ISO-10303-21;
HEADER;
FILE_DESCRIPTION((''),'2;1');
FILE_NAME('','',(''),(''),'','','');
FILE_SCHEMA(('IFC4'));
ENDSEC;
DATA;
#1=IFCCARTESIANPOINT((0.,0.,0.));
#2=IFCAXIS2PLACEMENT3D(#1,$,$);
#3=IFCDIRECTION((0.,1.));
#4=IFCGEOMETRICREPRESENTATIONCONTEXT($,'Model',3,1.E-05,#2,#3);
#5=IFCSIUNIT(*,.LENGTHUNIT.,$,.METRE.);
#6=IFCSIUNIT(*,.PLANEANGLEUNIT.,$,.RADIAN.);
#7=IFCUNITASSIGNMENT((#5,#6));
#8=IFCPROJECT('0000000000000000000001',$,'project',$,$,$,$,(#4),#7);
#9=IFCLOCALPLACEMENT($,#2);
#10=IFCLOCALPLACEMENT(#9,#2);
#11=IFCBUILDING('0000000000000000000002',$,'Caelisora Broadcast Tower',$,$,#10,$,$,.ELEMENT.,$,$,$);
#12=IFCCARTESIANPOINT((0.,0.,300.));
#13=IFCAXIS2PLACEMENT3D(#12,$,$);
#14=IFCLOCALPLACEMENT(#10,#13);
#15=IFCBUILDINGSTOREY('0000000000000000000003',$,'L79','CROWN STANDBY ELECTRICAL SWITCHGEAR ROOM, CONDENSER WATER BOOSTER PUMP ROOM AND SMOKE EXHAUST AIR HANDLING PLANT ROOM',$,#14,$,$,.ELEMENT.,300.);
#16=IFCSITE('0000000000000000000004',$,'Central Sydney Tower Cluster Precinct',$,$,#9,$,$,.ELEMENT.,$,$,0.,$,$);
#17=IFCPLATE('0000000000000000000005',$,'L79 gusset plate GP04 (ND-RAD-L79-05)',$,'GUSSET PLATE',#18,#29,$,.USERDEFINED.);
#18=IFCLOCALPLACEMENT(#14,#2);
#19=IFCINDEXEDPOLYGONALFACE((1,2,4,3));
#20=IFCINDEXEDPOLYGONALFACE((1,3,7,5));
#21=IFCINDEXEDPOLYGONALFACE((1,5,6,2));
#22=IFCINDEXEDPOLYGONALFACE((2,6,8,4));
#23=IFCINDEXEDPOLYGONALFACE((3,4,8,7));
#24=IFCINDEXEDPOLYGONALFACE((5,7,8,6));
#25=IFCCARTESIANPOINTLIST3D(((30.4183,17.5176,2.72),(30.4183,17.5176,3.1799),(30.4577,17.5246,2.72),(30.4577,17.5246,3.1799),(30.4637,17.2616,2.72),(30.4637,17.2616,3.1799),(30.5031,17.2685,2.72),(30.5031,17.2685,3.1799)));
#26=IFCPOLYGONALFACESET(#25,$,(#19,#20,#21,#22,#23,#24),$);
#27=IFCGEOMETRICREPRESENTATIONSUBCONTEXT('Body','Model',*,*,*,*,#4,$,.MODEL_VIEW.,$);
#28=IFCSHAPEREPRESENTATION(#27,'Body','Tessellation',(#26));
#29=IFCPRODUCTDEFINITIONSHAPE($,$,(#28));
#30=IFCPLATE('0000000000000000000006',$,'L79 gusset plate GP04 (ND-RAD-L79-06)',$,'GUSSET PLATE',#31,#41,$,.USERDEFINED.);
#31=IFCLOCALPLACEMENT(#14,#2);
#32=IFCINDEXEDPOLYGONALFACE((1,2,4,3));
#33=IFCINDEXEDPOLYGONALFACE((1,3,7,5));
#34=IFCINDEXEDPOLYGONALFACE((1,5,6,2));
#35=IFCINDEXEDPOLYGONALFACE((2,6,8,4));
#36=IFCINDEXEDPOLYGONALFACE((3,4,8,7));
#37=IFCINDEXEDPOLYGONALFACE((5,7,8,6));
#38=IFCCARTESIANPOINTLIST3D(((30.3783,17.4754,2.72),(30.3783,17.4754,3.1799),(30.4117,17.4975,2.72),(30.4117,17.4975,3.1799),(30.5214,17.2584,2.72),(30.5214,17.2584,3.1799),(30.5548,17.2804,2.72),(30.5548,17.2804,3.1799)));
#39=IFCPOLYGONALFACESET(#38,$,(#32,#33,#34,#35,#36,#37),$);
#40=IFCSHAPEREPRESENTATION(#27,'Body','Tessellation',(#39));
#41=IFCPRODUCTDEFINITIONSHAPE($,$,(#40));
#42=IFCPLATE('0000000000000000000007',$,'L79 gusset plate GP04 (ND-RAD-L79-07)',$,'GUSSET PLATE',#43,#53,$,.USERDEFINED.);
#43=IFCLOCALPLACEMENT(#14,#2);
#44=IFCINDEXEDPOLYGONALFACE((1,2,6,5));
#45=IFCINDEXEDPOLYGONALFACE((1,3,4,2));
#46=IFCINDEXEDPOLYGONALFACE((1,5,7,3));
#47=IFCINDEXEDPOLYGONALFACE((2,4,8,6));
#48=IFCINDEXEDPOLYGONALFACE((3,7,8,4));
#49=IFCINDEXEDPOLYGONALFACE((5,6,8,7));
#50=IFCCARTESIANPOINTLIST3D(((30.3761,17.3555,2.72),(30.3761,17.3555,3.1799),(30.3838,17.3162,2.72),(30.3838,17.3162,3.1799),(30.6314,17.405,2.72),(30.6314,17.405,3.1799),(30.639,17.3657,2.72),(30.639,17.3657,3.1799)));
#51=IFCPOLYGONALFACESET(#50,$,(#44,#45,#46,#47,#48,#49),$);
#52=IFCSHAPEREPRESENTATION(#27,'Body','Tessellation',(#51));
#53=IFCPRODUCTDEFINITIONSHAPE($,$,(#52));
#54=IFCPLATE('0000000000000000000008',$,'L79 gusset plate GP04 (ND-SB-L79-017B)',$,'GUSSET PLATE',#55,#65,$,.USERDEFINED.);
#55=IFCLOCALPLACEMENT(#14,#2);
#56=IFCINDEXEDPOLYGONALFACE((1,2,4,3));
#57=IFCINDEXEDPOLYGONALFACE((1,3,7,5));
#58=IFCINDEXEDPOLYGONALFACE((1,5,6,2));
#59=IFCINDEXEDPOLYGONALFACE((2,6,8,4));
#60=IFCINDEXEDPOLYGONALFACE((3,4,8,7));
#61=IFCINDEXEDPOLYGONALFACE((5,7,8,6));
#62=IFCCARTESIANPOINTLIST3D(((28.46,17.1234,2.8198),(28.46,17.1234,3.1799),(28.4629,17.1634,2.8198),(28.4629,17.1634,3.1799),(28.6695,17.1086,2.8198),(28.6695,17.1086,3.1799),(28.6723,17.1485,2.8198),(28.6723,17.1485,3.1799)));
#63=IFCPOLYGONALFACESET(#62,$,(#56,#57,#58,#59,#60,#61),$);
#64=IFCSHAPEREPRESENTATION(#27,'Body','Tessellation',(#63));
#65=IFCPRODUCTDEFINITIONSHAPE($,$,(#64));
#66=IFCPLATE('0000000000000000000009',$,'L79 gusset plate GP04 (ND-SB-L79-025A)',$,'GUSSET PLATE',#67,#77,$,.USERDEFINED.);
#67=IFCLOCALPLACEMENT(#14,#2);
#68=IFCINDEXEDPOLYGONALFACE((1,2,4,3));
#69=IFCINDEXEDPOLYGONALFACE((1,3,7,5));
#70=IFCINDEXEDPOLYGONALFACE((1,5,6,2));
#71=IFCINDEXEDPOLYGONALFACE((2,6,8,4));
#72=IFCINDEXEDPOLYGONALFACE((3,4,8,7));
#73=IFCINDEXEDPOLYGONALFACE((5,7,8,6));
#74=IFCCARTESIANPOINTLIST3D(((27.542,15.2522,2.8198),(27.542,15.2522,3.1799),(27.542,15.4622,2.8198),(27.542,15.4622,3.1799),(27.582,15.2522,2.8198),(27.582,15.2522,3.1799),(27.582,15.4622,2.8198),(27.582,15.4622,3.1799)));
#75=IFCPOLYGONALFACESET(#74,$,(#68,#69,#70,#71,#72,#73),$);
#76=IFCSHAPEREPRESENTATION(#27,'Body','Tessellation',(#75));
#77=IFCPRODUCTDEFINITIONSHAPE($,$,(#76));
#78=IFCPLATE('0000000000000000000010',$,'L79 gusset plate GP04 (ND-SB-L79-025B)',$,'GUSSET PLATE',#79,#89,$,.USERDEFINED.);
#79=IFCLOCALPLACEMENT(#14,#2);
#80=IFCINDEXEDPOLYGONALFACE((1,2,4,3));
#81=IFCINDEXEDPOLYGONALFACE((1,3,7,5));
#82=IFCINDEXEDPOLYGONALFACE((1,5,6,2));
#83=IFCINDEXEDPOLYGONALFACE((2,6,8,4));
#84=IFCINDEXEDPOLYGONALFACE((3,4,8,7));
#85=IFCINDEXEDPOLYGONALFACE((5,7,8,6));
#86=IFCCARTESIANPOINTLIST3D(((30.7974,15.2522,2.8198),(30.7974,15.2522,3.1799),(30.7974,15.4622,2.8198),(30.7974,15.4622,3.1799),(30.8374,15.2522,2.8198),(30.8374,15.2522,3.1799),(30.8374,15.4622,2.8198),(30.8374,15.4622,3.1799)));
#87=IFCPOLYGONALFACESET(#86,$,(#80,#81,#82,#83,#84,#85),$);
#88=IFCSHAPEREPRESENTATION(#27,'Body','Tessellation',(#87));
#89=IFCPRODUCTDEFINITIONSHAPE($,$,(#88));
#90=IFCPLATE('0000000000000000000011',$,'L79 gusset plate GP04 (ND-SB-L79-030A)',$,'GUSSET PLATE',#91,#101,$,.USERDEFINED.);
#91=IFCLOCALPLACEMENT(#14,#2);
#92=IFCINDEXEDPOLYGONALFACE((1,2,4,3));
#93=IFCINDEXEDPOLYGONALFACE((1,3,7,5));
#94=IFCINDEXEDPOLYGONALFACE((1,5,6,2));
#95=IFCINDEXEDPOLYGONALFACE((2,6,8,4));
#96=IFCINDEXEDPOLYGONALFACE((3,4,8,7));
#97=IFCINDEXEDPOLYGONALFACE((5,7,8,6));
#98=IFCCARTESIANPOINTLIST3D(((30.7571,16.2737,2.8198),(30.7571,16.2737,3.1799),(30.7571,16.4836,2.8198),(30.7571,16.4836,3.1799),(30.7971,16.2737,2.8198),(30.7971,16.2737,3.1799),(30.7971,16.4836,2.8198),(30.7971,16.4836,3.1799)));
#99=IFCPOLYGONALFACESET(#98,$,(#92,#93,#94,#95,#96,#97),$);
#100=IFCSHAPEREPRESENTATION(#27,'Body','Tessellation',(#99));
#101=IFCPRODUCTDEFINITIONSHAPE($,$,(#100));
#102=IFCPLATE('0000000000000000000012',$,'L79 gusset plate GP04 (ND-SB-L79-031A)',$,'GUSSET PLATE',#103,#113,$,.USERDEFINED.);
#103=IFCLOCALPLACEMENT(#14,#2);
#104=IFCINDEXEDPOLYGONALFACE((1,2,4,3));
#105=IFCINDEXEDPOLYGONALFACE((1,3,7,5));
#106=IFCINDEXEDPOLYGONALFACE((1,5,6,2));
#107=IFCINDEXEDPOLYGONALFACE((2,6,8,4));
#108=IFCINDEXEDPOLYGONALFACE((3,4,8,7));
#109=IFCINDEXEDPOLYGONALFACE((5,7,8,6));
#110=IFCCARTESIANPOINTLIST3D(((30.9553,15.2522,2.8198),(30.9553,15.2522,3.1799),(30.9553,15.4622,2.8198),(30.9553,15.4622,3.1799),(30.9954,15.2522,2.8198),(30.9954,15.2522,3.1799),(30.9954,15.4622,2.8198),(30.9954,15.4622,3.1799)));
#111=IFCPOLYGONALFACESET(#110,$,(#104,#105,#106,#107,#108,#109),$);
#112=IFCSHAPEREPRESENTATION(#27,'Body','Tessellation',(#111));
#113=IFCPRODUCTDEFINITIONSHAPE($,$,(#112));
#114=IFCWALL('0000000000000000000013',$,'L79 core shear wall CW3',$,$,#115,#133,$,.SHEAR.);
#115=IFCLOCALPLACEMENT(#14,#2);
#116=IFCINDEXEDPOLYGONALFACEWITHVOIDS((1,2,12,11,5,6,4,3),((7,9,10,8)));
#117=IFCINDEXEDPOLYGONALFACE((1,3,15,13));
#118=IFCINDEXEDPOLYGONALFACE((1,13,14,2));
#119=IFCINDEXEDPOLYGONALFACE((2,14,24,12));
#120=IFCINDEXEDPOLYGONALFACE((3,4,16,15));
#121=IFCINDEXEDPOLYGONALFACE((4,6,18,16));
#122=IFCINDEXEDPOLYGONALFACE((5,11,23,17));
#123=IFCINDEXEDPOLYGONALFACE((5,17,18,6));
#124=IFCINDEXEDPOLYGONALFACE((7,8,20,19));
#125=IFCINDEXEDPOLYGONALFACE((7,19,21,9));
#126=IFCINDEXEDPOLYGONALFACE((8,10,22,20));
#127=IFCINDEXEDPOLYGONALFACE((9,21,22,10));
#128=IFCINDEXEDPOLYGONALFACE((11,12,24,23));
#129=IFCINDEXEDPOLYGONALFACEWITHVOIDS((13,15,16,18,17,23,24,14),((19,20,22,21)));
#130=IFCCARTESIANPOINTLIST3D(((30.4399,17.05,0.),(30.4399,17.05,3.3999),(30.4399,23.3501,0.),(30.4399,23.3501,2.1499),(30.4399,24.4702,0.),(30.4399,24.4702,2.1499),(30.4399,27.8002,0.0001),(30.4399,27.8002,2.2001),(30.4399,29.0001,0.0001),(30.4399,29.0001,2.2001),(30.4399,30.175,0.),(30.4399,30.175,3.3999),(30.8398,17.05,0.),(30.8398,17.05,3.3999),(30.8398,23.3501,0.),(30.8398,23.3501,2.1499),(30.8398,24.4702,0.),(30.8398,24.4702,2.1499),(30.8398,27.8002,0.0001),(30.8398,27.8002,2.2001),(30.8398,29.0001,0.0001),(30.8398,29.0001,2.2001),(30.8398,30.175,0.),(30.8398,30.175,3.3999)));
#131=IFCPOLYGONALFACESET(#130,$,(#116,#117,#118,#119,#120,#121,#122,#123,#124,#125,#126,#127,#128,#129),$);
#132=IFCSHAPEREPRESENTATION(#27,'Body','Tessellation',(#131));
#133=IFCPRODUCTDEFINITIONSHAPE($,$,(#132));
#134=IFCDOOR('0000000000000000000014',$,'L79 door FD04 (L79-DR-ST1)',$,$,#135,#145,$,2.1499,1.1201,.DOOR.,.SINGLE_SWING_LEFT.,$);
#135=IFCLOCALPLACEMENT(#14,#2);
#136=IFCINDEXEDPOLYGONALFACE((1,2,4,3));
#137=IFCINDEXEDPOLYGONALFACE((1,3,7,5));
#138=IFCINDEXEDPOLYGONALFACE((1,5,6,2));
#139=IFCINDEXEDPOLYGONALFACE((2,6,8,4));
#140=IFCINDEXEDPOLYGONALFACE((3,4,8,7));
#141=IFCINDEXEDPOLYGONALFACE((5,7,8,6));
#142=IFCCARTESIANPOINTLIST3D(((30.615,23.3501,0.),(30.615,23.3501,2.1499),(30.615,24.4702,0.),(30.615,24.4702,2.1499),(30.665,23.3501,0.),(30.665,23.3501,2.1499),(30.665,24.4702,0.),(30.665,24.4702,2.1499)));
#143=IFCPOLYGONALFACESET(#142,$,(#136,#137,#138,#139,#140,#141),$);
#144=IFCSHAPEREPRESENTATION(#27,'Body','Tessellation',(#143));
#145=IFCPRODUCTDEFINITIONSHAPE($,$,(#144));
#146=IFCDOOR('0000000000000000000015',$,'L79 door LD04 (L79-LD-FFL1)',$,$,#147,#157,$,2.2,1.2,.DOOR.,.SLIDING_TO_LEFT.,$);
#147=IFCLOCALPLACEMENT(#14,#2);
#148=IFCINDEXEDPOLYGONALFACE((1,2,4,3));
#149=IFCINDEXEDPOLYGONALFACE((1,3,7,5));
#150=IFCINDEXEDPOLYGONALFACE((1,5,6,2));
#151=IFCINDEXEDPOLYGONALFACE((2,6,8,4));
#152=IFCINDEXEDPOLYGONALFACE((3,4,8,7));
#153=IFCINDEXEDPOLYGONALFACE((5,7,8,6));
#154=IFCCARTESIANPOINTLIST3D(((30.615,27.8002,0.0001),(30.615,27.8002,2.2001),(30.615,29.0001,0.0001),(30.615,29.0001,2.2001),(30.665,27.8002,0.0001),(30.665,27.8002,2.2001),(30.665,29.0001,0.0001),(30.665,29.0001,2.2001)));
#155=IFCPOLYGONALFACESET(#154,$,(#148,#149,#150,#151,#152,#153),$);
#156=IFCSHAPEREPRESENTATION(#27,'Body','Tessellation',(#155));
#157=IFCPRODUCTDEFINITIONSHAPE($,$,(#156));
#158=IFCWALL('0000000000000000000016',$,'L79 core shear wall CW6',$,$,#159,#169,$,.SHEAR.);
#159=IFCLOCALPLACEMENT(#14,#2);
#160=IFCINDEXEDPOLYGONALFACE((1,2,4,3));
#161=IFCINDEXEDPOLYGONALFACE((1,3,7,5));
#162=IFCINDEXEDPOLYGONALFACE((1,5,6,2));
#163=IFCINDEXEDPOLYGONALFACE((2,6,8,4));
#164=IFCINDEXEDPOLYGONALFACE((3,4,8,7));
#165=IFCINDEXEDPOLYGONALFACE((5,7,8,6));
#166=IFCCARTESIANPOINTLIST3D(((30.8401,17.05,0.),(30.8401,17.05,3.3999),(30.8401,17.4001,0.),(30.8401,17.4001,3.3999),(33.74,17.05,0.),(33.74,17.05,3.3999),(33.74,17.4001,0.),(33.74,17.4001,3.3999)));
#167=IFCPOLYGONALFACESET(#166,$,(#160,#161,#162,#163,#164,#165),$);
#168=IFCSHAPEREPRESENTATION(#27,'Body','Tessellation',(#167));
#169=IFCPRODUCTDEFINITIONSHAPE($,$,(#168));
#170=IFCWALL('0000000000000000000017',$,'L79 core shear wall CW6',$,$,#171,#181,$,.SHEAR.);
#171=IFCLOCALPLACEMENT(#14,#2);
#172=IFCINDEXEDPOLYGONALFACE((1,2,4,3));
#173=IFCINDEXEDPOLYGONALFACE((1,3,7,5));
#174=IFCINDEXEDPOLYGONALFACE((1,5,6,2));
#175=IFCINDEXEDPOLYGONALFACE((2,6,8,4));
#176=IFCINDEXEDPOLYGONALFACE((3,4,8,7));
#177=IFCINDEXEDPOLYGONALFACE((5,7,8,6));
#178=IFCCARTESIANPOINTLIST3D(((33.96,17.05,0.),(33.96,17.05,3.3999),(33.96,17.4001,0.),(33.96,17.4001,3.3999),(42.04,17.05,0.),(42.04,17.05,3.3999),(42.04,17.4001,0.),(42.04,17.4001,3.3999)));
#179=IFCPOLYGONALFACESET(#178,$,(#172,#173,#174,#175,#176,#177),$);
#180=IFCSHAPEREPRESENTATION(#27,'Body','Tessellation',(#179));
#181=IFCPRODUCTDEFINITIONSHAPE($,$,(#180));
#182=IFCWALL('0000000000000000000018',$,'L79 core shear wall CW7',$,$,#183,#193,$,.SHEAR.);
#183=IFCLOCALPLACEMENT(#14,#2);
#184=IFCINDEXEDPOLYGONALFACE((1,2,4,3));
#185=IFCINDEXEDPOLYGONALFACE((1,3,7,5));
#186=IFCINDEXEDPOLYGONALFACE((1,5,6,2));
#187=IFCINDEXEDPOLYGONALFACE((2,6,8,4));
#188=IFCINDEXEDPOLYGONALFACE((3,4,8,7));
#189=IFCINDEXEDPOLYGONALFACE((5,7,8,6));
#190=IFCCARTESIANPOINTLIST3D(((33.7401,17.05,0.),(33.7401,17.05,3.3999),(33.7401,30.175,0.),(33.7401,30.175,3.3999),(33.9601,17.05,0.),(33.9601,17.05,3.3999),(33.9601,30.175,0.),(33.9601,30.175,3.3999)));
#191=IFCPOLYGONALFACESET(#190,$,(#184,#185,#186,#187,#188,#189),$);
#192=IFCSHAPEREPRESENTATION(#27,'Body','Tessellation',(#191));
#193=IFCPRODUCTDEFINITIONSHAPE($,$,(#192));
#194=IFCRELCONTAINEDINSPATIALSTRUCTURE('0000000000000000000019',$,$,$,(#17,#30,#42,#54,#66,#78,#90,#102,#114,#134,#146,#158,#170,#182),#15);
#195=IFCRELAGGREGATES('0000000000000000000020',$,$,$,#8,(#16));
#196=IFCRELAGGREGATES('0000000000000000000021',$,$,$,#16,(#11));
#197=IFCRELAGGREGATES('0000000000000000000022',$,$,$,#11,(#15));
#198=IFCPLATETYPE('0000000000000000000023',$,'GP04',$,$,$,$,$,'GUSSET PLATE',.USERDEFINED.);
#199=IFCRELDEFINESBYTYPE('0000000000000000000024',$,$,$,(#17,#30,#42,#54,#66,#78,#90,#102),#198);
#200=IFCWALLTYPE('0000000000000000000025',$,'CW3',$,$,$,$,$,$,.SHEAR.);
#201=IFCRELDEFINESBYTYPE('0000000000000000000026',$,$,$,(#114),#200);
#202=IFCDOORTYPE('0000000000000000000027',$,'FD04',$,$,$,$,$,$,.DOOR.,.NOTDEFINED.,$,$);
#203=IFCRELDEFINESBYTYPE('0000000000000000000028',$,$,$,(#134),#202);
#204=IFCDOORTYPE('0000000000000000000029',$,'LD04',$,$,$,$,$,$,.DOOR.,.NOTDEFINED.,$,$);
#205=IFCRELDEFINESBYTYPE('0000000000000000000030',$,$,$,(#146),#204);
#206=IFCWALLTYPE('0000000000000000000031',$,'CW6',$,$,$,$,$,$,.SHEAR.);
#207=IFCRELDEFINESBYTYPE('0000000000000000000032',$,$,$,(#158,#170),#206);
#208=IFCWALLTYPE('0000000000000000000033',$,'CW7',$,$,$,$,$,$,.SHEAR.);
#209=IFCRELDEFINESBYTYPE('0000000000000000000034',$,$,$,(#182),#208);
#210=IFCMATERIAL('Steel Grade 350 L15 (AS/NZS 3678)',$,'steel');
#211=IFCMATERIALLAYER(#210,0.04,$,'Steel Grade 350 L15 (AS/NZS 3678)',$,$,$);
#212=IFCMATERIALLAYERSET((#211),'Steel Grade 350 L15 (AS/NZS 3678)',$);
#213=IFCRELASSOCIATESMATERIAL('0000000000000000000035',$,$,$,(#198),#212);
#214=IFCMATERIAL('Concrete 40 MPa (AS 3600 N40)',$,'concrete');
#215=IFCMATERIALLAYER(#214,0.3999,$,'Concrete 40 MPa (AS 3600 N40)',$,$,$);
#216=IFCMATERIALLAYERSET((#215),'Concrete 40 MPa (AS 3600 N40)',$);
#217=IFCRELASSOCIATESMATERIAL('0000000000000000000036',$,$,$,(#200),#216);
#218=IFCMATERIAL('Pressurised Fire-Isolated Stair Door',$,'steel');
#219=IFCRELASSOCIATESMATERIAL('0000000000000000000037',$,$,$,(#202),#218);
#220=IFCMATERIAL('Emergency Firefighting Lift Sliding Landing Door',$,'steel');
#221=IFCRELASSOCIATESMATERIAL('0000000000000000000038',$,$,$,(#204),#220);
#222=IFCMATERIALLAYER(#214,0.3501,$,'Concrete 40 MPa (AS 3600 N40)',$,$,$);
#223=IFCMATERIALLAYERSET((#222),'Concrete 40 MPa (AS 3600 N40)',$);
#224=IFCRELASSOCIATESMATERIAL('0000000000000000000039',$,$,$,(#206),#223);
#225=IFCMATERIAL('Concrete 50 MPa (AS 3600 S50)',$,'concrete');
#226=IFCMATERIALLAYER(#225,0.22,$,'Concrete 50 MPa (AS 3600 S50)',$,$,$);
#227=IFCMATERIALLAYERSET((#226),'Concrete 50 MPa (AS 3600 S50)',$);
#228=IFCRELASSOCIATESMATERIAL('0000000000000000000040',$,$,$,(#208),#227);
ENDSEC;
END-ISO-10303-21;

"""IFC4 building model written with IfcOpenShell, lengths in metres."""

from ifc_helpers import new_model, si_unit, direction, frame, frame_2d, origin, origin_2d, place, context, subcontext, project, spatial, rectangle, extrude, source, transform, mapped, material, layer, layer_set, type_object, type_shapes, element, fill, save


model = new_model("IFC4")

# Units and contexts
model_context = context("Model", 3, precision=1e-05, world=origin(), true_north=direction((0.0, 1.0)))
body_context = subcontext(model_context, "Body", "Model", "MODEL_VIEW")
ifc_project = project(units=[si_unit("LENGTHUNIT", "METRE"), si_unit("PLANEANGLEUNIT", "RADIAN")], contexts=[model_context])

# Site, building, storey
site_placement = place(None, origin())
site = spatial("IfcSite", under=ifc_project, at=site_placement, Name="Central Sydney Tower Cluster Precinct", CompositionType="ELEMENT", RefElevation=0.0)
building_placement = place(site_placement, origin())
building = spatial("IfcBuilding", under=site, at=building_placement, Name="Caelisora Broadcast Tower", CompositionType="ELEMENT")
storey_placement = place(building_placement, frame((0.0, 0.0, 300.0)))
storey = spatial("IfcBuildingStorey", under=building, at=storey_placement, Name="L79", Description="CROWN STANDBY ELECTRICAL SWITCHGEAR ROOM, CONDENSER WATER BOOSTER PUMP ROOM AND SMOKE EXHAUST AIR HANDLING PLANT ROOM", CompositionType="ELEMENT", Elevation=300.0)

# Plates
ifc_material_1 = material(Name="Steel Grade 350 L15 (AS/NZS 3678)", Category="steel")
ifc_layer_1 = layer(ifc_material_1, 0.04, Name="Steel Grade 350 L15 (AS/NZS 3678)")
ifc_layer_set_1 = layer_set([ifc_layer_1], Name="Steel Grade 350 L15 (AS/NZS 3678)")
plate_type = type_object("IfcPlateType", Name="GP04", ElementType="GUSSET PLATE", PredefinedType="USERDEFINED", material=ifc_layer_set_1)
shared_shape_1 = source(origin(), body_context, "Body", "SweptSolid", [
    extrude(rectangle(XDim=0.26, YDim=0.04, at=origin_2d()), origin(), (0.0, 0.0, 1.0), 0.46),
])
for number, where, z_axis, x_axis, name in (
    (1, (30.4607, 17.3931, 2.72), (0.0, 0.0, 1.0), (0.174508, -0.984656, 0.0), "L79 gusset plate GP04 (ND-RAD-L79-05)"),
    (2, (30.4666, 17.3779, 2.72), (0.0, 0.0, 1.0), (0.550626, -0.834752, 0.0), "L79 gusset plate GP04 (ND-RAD-L79-06)"),
    (3, (30.5076, 17.3606, 2.72), (0.0, 0.0, 1.0), (0.981694, 0.190466, 0.0), "L79 gusset plate GP04 (ND-RAD-L79-07)"),
):
    element("IfcPlate", number, at=place(storey_placement, frame(where, z_axis=z_axis, x_axis=x_axis)), inside=storey, type_object=plate_type, Name=name, ObjectType="GUSSET PLATE", PredefinedType="USERDEFINED", context=body_context, shape_type="MappedRepresentation", body=[
        mapped(shared_shape_1, transform((0.0, 0.0, 0.0), scale=1.0)),
    ])
shared_shape_2 = source(origin(), body_context, "Body", "SweptSolid", [
    extrude(rectangle(XDim=0.21, YDim=0.04, at=origin_2d()), origin(), (0.0, 0.0, 1.0), 0.3601),
])
type_shapes(plate_type, [shared_shape_1, shared_shape_2])
for number, where, z_axis, x_axis, name in (
    (4, (28.5662, 17.136, 2.8198), (0.0, 0.0, 1.0), (0.99749, -0.070801, 0.0), "L79 gusset plate GP04 (ND-SB-L79-017B)"),
    (5, (27.562, 15.3572, 2.8198), (0.0, 0.0, 1.0), (0.0, 1.0, 0.0), "L79 gusset plate GP04 (ND-SB-L79-025A)"),
    (6, (30.8174, 15.3572, 2.8198), (0.0, 0.0, 1.0), (0.0, 1.0, 0.0), "L79 gusset plate GP04 (ND-SB-L79-025B)"),
    (7, (30.7771, 16.3787, 2.8198), (0.0, 0.0, 1.0), (0.0, 1.0, 0.0), "L79 gusset plate GP04 (ND-SB-L79-030A)"),
    (8, (30.9753, 15.3572, 2.8198), (0.0, 0.0, 1.0), (0.0, 1.0, 0.0), "L79 gusset plate GP04 (ND-SB-L79-031A)"),
):
    element("IfcPlate", number, at=place(storey_placement, frame(where, z_axis=z_axis, x_axis=x_axis)), inside=storey, type_object=plate_type, Name=name, ObjectType="GUSSET PLATE", PredefinedType="USERDEFINED", context=body_context, shape_type="MappedRepresentation", body=[
        mapped(shared_shape_2, transform((0.0, 0.0, 0.0), scale=1.0)),
    ])

# Wall, openings, doors
ifc_material_2 = material(Name="Concrete 40 MPa (AS 3600 N40)", Category="concrete")
ifc_layer_2 = layer(ifc_material_2, 0.3999, Name="Concrete 40 MPa (AS 3600 N40)")
ifc_layer_set_2 = layer_set([ifc_layer_2], Name="Concrete 40 MPa (AS 3600 N40)")
wall_type_1 = type_object("IfcWallType", Name="CW3", PredefinedType="SHEAR", material=ifc_layer_set_2)
wall_1_placement = place(storey_placement, frame((30.6399, 17.05, 0.0), z_axis=(0.0, 0.0, 1.0), x_axis=(0.0, 1.0, 0.0)))
wall_1 = element("IfcWall", 9, at=wall_1_placement, inside=storey, type_object=wall_type_1, Name="L79 core shear wall CW3", PredefinedType="SHEAR", context=body_context, shape_type="SweptSolid", body=[
    extrude(rectangle(XDim=13.125, YDim=0.3999, at=frame_2d((6.5625, 0.0))), origin(), (0.0, 0.0, 1.0), 3.3999),
])
opening_1_placement = place(wall_1_placement, frame((6.3, 0.0, 0.0)))
opening_1 = element("IfcOpeningElement", 10, at=opening_1_placement, cuts=wall_1, PredefinedType="OPENING", context=body_context, shape_type="SweptSolid", body=[
    extrude(rectangle(XDim=1.1201, YDim=2.1499, at=frame_2d((0.5601, 1.075))), frame((0.0, 0.2119, 0.0), z_axis=(0.0, -1.0, 0.0), x_axis=(1.0, 0.0, 0.0)), (0.0, 0.0, 1.0), 0.4238),
])
opening_2_placement = place(wall_1_placement, frame((10.75, 0.0, 0.0)))
opening_2 = element("IfcOpeningElement", 11, at=opening_2_placement, cuts=wall_1, PredefinedType="OPENING", context=body_context, shape_type="SweptSolid", body=[
    extrude(rectangle(XDim=1.2, YDim=2.2, at=frame_2d((0.6001, 1.1001))), frame((0.0, 0.2119, 0.0), z_axis=(0.0, -1.0, 0.0), x_axis=(1.0, 0.0, 0.0)), (0.0, 0.0, 1.0), 0.4238),
])
ifc_material_3 = material(Name="Pressurised Fire-Isolated Stair Door", Category="steel")
door_type_1 = type_object("IfcDoorType", Name="FD04", OperationType="NOTDEFINED", PredefinedType="DOOR", material=ifc_material_3)
door_1_placement = place(opening_1_placement, origin())
door_1 = element("IfcDoor", 12, at=door_1_placement, inside=storey, type_object=door_type_1, Name="L79 door FD04 (L79-DR-ST1)", OperationType="SINGLE_SWING_LEFT", OverallHeight=2.1499, OverallWidth=1.1201, PredefinedType="DOOR", context=body_context, shape_type="SweptSolid", body=[
    extrude(rectangle(XDim=1.1201, YDim=2.1499, at=frame_2d((0.5601, 1.075))), frame((0.0, 0.0249, 0.0), z_axis=(0.0, -1.0, 0.0), x_axis=(1.0, 0.0, 0.0)), (0.0, 0.0, 1.0), 0.05),
])
fill(opening_1, door_1)
ifc_material_4 = material(Name="Emergency Firefighting Lift Sliding Landing Door", Category="steel")
door_type_2 = type_object("IfcDoorType", Name="LD04", OperationType="NOTDEFINED", PredefinedType="DOOR", material=ifc_material_4)
door_2_placement = place(opening_2_placement, origin())
door_2 = element("IfcDoor", 13, at=door_2_placement, inside=storey, type_object=door_type_2, Name="L79 door LD04 (L79-LD-FFL1)", OperationType="SLIDING_TO_LEFT", OverallHeight=2.2, OverallWidth=1.2, PredefinedType="DOOR", context=body_context, shape_type="SweptSolid", body=[
    extrude(rectangle(XDim=1.2, YDim=2.2, at=frame_2d((0.6001, 1.1001))), frame((0.0, 0.0249, 0.0), z_axis=(0.0, -1.0, 0.0), x_axis=(1.0, 0.0, 0.0)), (0.0, 0.0, 1.0), 0.05),
])
fill(opening_2, door_2)

# Walls
ifc_layer_3 = layer(ifc_material_2, 0.3501, Name="Concrete 40 MPa (AS 3600 N40)")
ifc_layer_set_3 = layer_set([ifc_layer_3], Name="Concrete 40 MPa (AS 3600 N40)")
wall_type_2 = type_object("IfcWallType", Name="CW6", PredefinedType="SHEAR", material=ifc_layer_set_3)
wall_2_placement = place(storey_placement, frame((30.8401, 17.2251, 0.0), z_axis=(0.0, 0.0, 1.0), x_axis=(1.0, 0.0, 0.0)))
element("IfcWall", 14, at=wall_2_placement, inside=storey, type_object=wall_type_2, Name="L79 core shear wall CW6", PredefinedType="SHEAR", context=body_context, shape_type="SweptSolid", body=[
    extrude(rectangle(XDim=2.8999, YDim=0.3501, at=frame_2d((1.45, 0.0))), origin(), (0.0, 0.0, 1.0), 3.3999),
])
wall_3_placement = place(storey_placement, frame((33.96, 17.2251, 0.0), z_axis=(0.0, 0.0, 1.0), x_axis=(1.0, 0.0, 0.0)))
element("IfcWall", 15, at=wall_3_placement, inside=storey, type_object=wall_type_2, Name="L79 core shear wall CW6", PredefinedType="SHEAR", context=body_context, shape_type="SweptSolid", body=[
    extrude(rectangle(XDim=8.0801, YDim=0.3501, at=frame_2d((4.04, 0.0))), origin(), (0.0, 0.0, 1.0), 3.3999),
])
ifc_material_5 = material(Name="Concrete 50 MPa (AS 3600 S50)", Category="concrete")
ifc_layer_4 = layer(ifc_material_5, 0.22, Name="Concrete 50 MPa (AS 3600 S50)")
ifc_layer_set_4 = layer_set([ifc_layer_4], Name="Concrete 50 MPa (AS 3600 S50)")
wall_type_3 = type_object("IfcWallType", Name="CW7", PredefinedType="SHEAR", material=ifc_layer_set_4)
wall_4_placement = place(storey_placement, frame((33.8501, 17.05, 0.0), z_axis=(0.0, 0.0, 1.0), x_axis=(0.0, 1.0, 0.0)))
element("IfcWall", 16, at=wall_4_placement, inside=storey, type_object=wall_type_3, Name="L79 core shear wall CW7", PredefinedType="SHEAR", context=body_context, shape_type="SweptSolid", body=[
    extrude(rectangle(XDim=13.125, YDim=0.22, at=frame_2d((6.5625, 0.0))), origin(), (0.0, 0.0, 1.0), 3.3999),
])

save(model, "model.ifc")
